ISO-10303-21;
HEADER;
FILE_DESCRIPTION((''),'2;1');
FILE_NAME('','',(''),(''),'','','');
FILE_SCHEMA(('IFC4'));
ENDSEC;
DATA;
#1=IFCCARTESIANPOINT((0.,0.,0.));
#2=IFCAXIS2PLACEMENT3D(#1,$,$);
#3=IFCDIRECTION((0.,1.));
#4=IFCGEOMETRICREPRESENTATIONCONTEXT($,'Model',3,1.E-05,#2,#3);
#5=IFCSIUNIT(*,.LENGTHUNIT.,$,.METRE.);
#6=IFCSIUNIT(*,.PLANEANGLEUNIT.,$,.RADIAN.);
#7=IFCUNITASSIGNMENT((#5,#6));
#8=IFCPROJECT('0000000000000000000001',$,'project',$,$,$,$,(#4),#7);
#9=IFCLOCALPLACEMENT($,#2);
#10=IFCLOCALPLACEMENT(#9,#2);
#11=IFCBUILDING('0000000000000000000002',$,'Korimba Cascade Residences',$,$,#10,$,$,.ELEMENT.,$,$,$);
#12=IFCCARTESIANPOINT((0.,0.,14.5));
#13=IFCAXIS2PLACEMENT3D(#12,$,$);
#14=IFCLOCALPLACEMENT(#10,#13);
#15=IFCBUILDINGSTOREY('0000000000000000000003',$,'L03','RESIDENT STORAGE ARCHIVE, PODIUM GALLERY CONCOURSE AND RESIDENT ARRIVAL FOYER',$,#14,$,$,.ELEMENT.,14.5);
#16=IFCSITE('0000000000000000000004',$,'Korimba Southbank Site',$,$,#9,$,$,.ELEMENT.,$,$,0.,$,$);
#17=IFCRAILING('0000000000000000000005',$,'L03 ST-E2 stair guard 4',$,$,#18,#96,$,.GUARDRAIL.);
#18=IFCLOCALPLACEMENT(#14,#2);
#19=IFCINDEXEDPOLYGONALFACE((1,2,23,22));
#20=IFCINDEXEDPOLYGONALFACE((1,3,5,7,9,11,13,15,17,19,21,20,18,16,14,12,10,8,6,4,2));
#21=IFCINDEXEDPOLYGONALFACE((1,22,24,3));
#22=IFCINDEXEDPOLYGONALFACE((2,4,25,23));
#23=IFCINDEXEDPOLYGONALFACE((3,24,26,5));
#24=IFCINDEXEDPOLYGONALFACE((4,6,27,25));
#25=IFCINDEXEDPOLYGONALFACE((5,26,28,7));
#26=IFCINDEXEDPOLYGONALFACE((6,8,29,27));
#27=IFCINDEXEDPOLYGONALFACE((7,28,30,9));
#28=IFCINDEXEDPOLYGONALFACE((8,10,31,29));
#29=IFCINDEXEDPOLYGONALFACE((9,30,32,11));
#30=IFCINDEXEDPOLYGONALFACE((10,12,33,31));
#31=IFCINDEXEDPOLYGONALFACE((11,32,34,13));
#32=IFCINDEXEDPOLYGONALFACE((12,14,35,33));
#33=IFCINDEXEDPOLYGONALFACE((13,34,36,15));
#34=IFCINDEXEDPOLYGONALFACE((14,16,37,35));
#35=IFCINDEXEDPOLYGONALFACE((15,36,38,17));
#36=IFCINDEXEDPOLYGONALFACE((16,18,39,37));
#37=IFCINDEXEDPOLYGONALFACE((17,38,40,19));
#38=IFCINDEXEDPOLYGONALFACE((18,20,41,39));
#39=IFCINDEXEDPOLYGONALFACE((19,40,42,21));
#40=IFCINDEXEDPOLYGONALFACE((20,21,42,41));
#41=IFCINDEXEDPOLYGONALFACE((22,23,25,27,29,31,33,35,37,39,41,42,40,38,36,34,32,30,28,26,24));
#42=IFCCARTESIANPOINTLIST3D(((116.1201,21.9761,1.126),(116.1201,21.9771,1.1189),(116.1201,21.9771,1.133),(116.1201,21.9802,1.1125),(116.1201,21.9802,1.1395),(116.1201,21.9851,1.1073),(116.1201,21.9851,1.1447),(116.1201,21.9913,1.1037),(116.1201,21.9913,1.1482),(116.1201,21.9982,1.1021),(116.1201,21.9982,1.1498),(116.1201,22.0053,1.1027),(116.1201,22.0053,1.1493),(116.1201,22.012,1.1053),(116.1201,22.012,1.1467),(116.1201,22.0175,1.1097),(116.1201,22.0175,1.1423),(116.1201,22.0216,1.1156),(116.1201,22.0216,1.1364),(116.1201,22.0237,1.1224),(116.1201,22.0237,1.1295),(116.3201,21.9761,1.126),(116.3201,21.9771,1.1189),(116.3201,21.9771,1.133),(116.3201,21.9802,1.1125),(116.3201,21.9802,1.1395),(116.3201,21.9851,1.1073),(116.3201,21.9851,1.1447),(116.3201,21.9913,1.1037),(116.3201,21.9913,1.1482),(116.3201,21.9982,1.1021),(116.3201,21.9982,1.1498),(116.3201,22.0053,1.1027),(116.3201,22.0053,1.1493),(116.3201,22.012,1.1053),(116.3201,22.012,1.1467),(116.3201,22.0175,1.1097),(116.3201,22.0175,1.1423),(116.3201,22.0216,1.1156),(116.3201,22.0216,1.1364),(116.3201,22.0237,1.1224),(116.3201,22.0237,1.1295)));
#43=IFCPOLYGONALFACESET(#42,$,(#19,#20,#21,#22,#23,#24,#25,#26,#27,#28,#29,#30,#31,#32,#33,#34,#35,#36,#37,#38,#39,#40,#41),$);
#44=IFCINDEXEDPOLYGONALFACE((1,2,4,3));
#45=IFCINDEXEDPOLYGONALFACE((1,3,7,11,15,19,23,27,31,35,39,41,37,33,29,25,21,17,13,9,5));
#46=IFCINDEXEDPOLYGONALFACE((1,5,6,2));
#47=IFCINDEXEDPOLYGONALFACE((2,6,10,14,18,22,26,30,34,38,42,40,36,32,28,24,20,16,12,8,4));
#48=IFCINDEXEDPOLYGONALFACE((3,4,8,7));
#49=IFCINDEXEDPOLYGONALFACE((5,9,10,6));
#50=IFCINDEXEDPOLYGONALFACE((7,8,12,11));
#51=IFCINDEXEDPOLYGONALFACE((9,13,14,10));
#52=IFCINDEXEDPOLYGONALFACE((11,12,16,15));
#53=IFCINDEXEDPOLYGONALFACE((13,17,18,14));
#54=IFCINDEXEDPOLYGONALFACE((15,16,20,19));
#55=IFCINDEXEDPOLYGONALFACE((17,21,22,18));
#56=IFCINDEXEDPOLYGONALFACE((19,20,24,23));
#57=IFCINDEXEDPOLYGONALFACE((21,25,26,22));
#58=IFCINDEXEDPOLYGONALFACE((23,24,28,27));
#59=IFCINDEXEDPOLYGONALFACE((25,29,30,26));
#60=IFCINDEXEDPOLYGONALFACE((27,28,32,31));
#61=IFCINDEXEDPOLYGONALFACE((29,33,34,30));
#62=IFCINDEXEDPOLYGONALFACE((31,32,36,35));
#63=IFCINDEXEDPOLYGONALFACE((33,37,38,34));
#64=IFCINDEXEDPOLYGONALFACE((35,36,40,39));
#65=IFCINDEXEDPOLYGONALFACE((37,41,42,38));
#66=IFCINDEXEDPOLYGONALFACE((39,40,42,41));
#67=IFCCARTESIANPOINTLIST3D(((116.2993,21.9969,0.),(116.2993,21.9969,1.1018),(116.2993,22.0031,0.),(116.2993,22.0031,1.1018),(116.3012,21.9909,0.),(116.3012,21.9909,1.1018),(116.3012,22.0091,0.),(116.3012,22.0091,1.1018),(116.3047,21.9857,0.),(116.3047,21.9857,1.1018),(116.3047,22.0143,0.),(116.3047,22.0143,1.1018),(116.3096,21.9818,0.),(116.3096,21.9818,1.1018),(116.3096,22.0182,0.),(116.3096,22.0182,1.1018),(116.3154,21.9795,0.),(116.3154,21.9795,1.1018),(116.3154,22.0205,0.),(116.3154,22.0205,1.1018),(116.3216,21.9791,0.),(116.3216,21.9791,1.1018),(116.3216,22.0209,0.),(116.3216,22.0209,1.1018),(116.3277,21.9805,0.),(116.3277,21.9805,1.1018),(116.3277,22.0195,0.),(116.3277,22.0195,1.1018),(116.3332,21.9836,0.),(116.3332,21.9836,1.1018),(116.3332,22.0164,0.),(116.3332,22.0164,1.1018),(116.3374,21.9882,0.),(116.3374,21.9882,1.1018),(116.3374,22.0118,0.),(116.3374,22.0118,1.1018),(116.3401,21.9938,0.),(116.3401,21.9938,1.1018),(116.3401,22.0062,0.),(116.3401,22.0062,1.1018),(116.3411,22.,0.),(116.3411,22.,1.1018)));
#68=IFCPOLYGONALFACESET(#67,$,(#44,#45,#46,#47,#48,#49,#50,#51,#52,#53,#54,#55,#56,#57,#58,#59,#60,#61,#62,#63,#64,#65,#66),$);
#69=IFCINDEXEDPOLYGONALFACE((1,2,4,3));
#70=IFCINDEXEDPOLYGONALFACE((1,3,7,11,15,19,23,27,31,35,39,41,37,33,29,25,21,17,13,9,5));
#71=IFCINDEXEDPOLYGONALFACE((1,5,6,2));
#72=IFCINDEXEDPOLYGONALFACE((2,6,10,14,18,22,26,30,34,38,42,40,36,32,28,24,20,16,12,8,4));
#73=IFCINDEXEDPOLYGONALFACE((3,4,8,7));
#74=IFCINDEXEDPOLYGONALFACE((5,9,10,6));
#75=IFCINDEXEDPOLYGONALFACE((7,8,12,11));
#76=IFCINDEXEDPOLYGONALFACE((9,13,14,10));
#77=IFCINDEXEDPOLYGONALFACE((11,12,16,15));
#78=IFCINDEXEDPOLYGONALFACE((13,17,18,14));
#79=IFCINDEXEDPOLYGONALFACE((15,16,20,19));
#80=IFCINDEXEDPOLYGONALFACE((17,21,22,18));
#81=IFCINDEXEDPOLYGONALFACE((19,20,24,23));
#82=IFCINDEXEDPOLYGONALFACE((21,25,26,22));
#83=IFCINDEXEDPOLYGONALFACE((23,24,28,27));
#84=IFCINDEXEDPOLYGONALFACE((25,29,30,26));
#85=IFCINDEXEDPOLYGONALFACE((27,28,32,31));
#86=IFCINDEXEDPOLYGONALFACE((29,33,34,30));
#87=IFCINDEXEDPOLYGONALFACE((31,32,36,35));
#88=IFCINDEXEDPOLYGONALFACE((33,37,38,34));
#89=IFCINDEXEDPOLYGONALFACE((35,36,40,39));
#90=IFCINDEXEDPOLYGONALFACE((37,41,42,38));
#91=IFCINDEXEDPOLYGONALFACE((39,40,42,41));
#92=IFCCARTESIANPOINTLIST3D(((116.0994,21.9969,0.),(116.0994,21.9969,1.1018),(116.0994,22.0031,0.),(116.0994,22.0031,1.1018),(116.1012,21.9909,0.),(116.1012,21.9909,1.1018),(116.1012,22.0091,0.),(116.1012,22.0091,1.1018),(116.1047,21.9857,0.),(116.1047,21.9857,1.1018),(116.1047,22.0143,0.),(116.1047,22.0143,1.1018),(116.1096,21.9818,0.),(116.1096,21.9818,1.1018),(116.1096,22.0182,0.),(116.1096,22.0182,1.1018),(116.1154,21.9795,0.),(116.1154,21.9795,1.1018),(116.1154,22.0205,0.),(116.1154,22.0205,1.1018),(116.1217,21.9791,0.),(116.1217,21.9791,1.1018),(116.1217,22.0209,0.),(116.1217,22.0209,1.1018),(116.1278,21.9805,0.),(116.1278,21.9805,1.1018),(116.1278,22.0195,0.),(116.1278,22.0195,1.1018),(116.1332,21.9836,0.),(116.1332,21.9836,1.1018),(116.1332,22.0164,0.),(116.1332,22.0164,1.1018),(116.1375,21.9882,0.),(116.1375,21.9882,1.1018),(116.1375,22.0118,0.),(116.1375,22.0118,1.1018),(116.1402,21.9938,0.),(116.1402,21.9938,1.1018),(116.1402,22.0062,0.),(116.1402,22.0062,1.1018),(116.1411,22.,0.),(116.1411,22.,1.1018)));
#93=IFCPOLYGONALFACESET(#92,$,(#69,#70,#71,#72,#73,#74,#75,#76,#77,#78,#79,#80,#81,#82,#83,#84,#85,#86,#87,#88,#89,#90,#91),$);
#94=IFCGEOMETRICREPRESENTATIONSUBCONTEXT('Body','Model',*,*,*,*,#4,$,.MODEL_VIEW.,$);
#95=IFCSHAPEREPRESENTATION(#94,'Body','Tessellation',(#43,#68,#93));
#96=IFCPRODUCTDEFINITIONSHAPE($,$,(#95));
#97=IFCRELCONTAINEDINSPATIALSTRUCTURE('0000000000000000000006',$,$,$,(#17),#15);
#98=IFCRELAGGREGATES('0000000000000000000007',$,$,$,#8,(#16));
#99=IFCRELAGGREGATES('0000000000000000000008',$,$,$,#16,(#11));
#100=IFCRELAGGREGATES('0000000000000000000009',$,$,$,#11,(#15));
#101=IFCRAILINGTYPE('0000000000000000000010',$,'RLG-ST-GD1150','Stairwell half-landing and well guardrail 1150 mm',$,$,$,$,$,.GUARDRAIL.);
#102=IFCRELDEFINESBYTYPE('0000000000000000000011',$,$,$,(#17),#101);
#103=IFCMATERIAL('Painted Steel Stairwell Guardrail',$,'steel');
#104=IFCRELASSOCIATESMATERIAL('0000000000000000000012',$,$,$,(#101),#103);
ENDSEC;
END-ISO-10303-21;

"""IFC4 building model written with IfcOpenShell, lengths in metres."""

from ifc_helpers import new_model, si_unit, direction, frame, origin, origin_2d, place, context, subcontext, project, spatial, circle, extrude, material, type_object, element, save


model = new_model("IFC4")

# Units and contexts
model_context = context("Model", 3, precision=1e-05, world=origin(), true_north=direction((0.0, 1.0)))
body_context = subcontext(model_context, "Body", "Model", "MODEL_VIEW")
ifc_project = project(units=[si_unit("LENGTHUNIT", "METRE"), si_unit("PLANEANGLEUNIT", "RADIAN")], contexts=[model_context])

# Site, building, storey
site_placement = place(None, origin())
site = spatial("IfcSite", under=ifc_project, at=site_placement, Name="Korimba Southbank Site", CompositionType="ELEMENT", RefElevation=0.0)
building_placement = place(site_placement, origin())
building = spatial("IfcBuilding", under=site, at=building_placement, Name="Korimba Cascade Residences", CompositionType="ELEMENT")
storey_placement = place(building_placement, frame((0.0, 0.0, 14.5)))
storey = spatial("IfcBuildingStorey", under=building, at=storey_placement, Name="L03", Description="RESIDENT STORAGE ARCHIVE, PODIUM GALLERY CONCOURSE AND RESIDENT ARRIVAL FOYER", CompositionType="ELEMENT", Elevation=14.5)

# Railing
ifc_material_1 = material(Name="Painted Steel Stairwell Guardrail", Category="steel")
railing_type_1 = type_object("IfcRailingType", Name="RLG-ST-GD1150", Description="Stairwell half-landing and well guardrail 1150 mm", PredefinedType="GUARDRAIL", material=ifc_material_1)
railing_1_placement = place(storey_placement, frame((116.3201, 22.0, 0.0)))
element("IfcRailing", 1, at=railing_1_placement, inside=storey, type_object=railing_type_1, Name="L03 ST-E2 stair guard 4", PredefinedType="GUARDRAIL", context=body_context, shape_type="SweptSolid", body=[
    extrude(circle(Radius=0.0239, at=origin_2d()), frame((0.0, 0.0, 1.126), z_axis=(-1.0, 0.0, 0.0), x_axis=(0.0, -1.0, 0.0)), (0.0, 0.0, 1.0), 0.2),
    extrude(circle(Radius=0.021, at=origin_2d()), origin(), (0.0, 0.0, 1.0), 1.1018),
    extrude(circle(Radius=0.021, at=origin_2d()), frame((-0.2, 0.0, 0.0)), (0.0, 0.0, 1.0), 1.1018),
])

save(model, "model.ifc")
